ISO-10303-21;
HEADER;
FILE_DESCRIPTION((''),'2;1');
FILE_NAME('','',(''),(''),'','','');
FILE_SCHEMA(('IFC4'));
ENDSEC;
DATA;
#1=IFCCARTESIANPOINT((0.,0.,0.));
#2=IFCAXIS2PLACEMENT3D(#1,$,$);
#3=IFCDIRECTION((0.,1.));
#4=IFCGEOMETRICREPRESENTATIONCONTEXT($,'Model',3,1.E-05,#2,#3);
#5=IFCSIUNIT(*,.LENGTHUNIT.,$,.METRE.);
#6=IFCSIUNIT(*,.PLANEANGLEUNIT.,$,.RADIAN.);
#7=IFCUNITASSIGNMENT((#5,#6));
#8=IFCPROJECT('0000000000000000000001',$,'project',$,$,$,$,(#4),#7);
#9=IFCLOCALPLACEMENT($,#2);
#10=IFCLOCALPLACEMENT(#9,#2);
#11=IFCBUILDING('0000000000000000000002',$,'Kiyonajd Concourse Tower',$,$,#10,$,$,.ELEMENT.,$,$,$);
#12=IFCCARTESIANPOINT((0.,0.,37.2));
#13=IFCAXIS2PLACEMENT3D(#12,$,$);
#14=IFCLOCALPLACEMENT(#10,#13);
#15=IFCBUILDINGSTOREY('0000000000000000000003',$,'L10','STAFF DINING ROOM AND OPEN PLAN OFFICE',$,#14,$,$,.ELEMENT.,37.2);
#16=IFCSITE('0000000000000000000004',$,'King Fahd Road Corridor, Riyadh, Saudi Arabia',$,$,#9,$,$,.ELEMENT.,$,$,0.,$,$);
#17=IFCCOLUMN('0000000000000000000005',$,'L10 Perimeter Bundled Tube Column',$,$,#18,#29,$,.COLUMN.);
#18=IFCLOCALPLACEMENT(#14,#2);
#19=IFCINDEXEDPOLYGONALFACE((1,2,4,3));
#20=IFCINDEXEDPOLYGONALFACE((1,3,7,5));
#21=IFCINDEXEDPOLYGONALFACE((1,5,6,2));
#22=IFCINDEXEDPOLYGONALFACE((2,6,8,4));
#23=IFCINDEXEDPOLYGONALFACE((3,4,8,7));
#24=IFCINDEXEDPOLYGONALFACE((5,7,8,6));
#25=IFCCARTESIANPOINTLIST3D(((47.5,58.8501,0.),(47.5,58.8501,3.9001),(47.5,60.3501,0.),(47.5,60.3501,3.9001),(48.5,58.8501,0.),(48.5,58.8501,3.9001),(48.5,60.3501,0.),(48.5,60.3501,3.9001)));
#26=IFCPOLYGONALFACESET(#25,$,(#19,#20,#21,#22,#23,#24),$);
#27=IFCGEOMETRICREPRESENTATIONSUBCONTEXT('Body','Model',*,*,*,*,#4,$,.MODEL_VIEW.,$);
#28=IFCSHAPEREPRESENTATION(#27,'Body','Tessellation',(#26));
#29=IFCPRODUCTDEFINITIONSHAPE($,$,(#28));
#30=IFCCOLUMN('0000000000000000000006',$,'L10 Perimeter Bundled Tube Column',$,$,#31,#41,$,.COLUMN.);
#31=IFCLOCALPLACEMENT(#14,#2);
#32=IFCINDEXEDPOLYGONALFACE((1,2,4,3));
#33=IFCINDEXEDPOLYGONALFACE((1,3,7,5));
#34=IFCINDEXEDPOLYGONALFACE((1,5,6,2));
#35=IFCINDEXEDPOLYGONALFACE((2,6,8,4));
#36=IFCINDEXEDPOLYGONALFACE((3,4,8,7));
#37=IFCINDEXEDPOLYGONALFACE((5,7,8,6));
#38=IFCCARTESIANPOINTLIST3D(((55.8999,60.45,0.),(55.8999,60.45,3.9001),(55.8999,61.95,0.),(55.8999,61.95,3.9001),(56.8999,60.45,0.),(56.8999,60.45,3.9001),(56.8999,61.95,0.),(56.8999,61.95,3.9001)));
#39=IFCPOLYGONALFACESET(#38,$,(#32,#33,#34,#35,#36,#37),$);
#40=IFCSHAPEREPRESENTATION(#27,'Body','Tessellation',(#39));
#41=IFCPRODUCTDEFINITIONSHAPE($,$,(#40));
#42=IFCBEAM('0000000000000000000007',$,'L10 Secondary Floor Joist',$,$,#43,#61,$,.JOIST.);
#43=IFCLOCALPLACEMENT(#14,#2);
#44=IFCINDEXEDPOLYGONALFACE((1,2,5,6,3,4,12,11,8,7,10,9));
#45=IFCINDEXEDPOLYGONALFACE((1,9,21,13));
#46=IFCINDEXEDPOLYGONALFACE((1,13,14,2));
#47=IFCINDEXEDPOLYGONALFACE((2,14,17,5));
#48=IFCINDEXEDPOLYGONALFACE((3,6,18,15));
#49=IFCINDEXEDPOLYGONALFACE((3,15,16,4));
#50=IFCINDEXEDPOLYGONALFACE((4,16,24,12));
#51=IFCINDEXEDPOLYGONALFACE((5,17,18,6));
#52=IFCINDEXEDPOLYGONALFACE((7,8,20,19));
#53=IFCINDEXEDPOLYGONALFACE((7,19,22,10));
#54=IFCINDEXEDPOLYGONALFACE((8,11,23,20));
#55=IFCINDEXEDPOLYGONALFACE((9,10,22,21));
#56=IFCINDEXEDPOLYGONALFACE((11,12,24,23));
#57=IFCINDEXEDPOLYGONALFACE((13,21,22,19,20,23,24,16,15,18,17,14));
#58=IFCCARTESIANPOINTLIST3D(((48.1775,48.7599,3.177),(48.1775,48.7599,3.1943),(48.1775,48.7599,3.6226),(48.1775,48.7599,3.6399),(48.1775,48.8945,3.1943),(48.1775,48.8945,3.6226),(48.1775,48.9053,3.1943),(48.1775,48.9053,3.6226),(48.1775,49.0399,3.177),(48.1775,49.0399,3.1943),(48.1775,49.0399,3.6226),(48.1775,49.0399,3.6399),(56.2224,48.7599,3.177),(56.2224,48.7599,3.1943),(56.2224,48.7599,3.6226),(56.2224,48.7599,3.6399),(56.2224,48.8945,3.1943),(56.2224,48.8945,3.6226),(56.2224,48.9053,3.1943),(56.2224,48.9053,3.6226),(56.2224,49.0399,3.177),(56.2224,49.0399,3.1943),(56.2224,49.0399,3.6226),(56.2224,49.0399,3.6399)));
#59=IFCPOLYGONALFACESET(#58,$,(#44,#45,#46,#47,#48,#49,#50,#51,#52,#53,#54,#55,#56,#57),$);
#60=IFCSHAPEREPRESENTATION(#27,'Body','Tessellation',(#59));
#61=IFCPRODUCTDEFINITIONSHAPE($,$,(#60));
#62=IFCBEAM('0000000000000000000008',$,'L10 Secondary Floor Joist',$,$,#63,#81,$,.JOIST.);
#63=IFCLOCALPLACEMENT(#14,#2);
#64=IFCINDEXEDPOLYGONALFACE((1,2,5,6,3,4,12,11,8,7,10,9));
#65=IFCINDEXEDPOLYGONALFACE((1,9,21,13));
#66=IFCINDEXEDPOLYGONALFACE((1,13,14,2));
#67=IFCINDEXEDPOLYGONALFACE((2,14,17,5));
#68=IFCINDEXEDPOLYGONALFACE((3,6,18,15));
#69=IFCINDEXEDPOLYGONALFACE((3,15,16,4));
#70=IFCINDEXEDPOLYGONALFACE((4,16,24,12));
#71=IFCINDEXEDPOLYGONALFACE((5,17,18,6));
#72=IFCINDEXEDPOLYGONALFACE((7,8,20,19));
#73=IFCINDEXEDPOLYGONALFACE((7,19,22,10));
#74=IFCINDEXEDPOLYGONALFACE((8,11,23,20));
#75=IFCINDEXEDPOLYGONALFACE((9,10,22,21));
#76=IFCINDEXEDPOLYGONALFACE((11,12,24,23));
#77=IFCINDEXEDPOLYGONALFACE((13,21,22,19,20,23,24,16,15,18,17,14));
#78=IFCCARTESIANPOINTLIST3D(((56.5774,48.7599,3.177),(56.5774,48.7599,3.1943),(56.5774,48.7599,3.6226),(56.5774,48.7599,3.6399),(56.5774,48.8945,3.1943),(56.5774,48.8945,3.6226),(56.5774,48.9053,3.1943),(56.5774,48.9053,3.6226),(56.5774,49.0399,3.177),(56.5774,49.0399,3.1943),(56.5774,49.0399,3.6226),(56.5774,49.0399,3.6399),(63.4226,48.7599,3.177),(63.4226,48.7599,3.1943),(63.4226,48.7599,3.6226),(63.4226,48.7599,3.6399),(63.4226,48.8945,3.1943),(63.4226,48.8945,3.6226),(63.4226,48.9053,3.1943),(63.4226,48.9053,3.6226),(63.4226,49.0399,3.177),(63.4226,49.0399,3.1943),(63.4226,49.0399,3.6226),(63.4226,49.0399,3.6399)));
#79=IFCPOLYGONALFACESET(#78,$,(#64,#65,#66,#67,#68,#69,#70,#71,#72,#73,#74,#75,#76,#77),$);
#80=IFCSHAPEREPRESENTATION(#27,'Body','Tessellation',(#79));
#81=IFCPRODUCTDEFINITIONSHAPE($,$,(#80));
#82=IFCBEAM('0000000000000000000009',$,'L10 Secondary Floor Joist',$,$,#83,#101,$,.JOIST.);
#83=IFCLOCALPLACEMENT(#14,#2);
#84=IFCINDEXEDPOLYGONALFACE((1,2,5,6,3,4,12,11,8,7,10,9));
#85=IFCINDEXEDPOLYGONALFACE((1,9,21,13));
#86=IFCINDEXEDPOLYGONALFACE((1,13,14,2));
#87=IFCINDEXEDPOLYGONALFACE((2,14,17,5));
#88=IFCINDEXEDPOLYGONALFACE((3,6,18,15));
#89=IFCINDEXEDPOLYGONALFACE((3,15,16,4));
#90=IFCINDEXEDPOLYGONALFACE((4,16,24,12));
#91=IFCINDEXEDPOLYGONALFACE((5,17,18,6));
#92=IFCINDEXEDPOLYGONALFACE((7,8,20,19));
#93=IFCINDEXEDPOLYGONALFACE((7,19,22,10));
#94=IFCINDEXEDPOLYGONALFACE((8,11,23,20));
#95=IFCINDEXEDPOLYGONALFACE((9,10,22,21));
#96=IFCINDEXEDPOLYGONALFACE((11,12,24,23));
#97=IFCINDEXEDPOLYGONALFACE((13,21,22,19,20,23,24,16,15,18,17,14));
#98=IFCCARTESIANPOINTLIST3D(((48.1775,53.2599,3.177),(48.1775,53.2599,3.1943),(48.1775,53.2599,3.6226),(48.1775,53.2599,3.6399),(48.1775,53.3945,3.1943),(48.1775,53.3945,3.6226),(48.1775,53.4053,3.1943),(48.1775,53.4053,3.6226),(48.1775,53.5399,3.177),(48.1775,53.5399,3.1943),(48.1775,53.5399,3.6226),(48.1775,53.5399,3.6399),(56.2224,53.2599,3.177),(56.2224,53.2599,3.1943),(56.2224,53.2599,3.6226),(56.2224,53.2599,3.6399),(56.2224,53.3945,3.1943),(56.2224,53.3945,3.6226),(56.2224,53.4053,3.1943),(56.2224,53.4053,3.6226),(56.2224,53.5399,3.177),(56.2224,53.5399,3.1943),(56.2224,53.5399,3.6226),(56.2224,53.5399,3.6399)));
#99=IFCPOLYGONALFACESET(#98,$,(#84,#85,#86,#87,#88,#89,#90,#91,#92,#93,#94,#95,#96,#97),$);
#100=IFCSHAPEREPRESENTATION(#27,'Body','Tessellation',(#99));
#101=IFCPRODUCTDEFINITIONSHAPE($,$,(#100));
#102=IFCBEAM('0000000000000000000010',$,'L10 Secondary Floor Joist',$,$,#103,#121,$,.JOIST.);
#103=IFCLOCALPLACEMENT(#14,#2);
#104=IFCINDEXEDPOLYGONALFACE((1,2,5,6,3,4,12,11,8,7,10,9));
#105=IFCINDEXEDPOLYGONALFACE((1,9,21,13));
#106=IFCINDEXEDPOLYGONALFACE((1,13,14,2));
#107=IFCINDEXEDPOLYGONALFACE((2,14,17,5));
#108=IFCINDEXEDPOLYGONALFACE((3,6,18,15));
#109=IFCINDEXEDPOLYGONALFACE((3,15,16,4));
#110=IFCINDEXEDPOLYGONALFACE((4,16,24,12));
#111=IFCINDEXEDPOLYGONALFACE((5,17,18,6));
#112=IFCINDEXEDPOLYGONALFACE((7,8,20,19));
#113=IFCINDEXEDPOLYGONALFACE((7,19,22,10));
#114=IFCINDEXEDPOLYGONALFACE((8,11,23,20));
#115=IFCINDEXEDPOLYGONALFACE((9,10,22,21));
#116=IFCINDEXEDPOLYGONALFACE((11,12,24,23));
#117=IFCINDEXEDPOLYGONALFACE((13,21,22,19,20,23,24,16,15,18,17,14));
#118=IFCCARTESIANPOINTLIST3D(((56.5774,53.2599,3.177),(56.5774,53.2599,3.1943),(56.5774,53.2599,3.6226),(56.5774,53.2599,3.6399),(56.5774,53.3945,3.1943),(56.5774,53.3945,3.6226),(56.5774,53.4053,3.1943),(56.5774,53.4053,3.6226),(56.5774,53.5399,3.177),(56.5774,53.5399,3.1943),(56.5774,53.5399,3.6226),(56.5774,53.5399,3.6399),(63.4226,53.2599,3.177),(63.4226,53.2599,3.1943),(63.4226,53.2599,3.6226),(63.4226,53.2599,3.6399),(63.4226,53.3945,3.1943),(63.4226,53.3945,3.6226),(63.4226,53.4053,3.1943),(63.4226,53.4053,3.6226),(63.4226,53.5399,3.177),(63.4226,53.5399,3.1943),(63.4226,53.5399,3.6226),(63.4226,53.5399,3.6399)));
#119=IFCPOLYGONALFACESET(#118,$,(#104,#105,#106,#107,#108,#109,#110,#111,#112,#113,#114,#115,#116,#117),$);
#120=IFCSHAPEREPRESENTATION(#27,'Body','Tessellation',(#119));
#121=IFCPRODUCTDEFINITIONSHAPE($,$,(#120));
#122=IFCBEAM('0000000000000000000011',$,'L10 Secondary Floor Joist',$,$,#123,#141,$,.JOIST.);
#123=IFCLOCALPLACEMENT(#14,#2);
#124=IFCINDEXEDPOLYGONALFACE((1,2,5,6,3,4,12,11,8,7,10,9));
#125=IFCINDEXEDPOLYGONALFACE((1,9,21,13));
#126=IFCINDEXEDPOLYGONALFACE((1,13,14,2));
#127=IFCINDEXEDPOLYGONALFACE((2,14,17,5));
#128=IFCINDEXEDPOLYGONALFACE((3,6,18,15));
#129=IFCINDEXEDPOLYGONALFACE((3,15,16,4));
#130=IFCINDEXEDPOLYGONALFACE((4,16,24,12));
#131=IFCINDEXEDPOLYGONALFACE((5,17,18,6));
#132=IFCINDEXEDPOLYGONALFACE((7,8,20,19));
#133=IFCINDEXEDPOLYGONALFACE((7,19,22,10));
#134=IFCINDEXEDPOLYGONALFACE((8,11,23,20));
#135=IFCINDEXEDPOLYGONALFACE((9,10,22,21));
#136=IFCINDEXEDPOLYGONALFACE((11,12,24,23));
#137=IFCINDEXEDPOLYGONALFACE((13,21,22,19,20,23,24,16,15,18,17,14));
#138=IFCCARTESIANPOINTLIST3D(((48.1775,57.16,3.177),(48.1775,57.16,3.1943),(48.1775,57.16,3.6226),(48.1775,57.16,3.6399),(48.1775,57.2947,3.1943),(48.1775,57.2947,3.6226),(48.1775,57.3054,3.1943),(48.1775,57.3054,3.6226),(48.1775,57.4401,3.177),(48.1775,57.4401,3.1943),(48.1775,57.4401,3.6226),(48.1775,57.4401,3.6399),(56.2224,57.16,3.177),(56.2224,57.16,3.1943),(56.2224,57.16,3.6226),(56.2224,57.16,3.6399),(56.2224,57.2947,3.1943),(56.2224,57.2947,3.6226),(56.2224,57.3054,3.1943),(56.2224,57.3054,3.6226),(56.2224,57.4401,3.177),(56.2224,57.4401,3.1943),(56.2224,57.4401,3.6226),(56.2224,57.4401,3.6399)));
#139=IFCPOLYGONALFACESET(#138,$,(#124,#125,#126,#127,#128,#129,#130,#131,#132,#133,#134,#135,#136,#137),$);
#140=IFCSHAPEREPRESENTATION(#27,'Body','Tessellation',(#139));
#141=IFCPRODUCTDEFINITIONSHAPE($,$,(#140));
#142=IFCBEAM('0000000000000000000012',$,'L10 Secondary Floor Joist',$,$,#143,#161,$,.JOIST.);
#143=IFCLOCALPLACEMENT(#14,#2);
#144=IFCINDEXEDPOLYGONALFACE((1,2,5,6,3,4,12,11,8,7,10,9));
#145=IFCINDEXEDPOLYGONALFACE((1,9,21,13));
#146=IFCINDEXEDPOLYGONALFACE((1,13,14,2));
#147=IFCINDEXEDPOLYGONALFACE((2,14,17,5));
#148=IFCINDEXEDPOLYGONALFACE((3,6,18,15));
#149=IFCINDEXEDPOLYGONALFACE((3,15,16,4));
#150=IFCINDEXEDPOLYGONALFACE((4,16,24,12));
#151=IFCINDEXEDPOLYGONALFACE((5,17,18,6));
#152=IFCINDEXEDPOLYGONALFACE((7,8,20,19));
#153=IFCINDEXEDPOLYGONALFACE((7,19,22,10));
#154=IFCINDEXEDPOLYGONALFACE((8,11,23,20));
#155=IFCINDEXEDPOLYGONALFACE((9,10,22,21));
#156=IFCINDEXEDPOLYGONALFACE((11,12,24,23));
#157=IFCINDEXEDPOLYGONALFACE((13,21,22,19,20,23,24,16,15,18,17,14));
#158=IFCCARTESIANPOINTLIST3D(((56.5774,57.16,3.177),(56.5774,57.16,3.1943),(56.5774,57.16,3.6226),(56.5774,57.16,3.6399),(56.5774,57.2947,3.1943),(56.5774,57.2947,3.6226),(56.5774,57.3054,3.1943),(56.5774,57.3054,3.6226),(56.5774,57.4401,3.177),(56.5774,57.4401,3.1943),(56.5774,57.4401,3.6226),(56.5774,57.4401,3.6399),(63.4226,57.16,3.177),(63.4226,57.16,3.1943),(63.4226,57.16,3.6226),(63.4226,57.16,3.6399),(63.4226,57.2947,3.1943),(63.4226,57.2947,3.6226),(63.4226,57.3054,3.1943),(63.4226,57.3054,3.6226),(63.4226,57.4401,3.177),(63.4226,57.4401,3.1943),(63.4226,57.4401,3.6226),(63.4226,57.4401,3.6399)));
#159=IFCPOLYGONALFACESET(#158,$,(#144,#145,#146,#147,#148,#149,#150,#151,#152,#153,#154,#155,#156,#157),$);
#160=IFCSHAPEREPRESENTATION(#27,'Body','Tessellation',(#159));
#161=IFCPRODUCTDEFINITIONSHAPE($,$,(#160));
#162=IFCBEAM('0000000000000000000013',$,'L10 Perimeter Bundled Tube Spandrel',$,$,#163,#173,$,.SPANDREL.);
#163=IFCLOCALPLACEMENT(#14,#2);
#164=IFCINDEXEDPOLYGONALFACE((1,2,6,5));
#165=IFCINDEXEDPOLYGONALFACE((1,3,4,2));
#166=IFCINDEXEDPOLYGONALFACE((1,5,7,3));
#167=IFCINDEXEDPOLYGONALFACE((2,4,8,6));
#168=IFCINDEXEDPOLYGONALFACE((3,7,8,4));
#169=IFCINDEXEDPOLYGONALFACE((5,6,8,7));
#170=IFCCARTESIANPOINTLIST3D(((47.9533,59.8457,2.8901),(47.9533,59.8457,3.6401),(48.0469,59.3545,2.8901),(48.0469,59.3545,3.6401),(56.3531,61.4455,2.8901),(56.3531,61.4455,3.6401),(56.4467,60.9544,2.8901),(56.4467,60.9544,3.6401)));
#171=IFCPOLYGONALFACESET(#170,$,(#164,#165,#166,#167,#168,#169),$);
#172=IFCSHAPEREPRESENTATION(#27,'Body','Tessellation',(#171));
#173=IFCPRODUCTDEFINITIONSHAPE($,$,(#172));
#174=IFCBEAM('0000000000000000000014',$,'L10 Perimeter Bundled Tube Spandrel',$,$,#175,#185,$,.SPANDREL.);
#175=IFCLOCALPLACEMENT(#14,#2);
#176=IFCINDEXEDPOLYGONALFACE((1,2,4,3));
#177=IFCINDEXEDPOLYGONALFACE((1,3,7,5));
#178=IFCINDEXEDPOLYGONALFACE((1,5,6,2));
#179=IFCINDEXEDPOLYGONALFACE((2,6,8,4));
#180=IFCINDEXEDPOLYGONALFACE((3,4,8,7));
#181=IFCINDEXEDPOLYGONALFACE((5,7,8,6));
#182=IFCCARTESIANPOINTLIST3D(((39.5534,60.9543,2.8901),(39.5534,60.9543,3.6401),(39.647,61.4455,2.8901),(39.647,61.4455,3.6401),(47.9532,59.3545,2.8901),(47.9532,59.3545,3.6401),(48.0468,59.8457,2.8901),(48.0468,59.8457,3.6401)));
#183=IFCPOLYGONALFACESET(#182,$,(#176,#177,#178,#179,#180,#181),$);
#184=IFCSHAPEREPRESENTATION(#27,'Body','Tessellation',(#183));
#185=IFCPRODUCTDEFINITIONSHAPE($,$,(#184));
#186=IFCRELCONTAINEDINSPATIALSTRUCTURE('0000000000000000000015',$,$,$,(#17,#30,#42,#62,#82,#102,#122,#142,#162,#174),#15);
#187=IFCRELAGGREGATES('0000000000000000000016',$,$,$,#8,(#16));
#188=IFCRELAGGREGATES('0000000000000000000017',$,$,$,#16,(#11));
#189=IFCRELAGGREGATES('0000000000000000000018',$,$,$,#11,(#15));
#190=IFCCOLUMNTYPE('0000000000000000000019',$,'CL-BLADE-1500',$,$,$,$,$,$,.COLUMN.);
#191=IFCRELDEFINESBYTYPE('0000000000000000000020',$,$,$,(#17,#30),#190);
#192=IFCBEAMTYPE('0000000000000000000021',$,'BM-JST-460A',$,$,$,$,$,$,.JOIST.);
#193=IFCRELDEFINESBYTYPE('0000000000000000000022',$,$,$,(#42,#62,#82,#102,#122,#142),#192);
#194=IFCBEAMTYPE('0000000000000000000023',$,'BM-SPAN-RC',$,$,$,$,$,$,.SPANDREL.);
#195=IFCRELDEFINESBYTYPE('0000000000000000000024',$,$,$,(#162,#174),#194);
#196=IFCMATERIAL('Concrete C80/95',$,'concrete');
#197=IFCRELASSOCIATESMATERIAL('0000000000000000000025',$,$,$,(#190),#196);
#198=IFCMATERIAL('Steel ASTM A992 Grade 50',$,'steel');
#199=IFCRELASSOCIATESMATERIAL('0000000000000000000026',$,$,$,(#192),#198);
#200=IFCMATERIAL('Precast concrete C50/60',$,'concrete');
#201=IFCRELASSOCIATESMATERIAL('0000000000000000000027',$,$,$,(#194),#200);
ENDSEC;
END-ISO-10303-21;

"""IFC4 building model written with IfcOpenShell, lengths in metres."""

from ifc_helpers import new_model, si_unit, direction, frame, origin, origin_2d, place, context, subcontext, project, spatial, rectangle, i_section, extrude, material, material_profile, profile_set, type_object, element, save


model = new_model("IFC4")

# Units and contexts
model_context = context("Model", 3, precision=1e-05, world=origin(), true_north=direction((0.0, 1.0)))
body_context = subcontext(model_context, "Body", "Model", "MODEL_VIEW")
ifc_project = project(units=[si_unit("LENGTHUNIT", "METRE"), si_unit("PLANEANGLEUNIT", "RADIAN")], contexts=[model_context])

# Site, building, storey
site_placement = place(None, origin())
site = spatial("IfcSite", under=ifc_project, at=site_placement, Name="King Fahd Road Corridor, Riyadh, Saudi Arabia", CompositionType="ELEMENT", RefElevation=0.0)
building_placement = place(site_placement, origin())
building = spatial("IfcBuilding", under=site, at=building_placement, Name="Kiyonajd Concourse Tower", CompositionType="ELEMENT")
storey_placement = place(building_placement, frame((0.0, 0.0, 37.2)))
storey = spatial("IfcBuildingStorey", under=building, at=storey_placement, Name="L10", Description="STAFF DINING ROOM AND OPEN PLAN OFFICE", CompositionType="ELEMENT", Elevation=37.2)

# Columns
ifc_material_1 = material(Name="Concrete C80/95", Category="concrete")
ifc_material_profile_1 = material_profile(ifc_material_1, rectangle(XDim=1.0, YDim=1.5, at=origin_2d()), Name="RC-1500x1000")
ifc_profile_set_1 = profile_set([ifc_material_profile_1], Name="Concrete C80/95")
column_type = type_object("IfcColumnType", Name="CL-BLADE-1500", PredefinedType="COLUMN", material=ifc_profile_set_1)
for number, where, z_axis, x_axis, name in (
    (1, (48.0, 59.6001, 0.0), (0.0, 0.0, 1.0), (1.0, 0.0, 0.0), "L10 Perimeter Bundled Tube Column"),
    (2, (56.3999, 61.2, 0.0), (0.0, 0.0, 1.0), (1.0, 0.0, 0.0), "L10 Perimeter Bundled Tube Column"),
):
    element("IfcColumn", number, at=place(storey_placement, frame(where, z_axis=z_axis, x_axis=x_axis)), inside=storey, type_object=column_type, Name=name, PredefinedType="COLUMN", context=body_context, shape_type="SweptSolid", body=[
        extrude(rectangle(XDim=1.0, YDim=1.5, at=origin_2d()), origin(), (0.0, 0.0, 1.0), 3.9001),
    ])

# Beams
ifc_material_2 = material(Name="Steel ASTM A992 Grade 50", Category="steel")
ifc_material_profile_2 = material_profile(ifc_material_2, i_section(OverallWidth=0.28, OverallDepth=0.4629, WebThickness=0.0107, FlangeThickness=0.0173, at=origin_2d()), Name="W460X113")
ifc_profile_set_2 = profile_set([ifc_material_profile_2], Name="Steel ASTM A992 Grade 50")
beam_type_1 = type_object("IfcBeamType", Name="BM-JST-460A", PredefinedType="JOIST", material=ifc_profile_set_2)
beam_1_placement = place(storey_placement, frame((48.1775, 48.8999, 3.4084), z_axis=(1.0, 0.0, 0.0), x_axis=(0.0, 1.0, 0.0)))
element("IfcBeam", 3, at=beam_1_placement, inside=storey, type_object=beam_type_1, Name="L10 Secondary Floor Joist", PredefinedType="JOIST", context=body_context, shape_type="SweptSolid", body=[
    extrude(i_section(OverallWidth=0.28, OverallDepth=0.4629, WebThickness=0.0107, FlangeThickness=0.0173, at=origin_2d()), origin(), (0.0, 0.0, 1.0), 8.0449),
])
beam_2_placement = place(storey_placement, frame((56.5774, 48.8999, 3.4084), z_axis=(1.0, 0.0, 0.0), x_axis=(0.0, 1.0, 0.0)))
element("IfcBeam", 4, at=beam_2_placement, inside=storey, type_object=beam_type_1, Name="L10 Secondary Floor Joist", PredefinedType="JOIST", context=body_context, shape_type="SweptSolid", body=[
    extrude(i_section(OverallWidth=0.28, OverallDepth=0.4629, WebThickness=0.0107, FlangeThickness=0.0173, at=origin_2d()), origin(), (0.0, 0.0, 1.0), 6.8452),
])
beam_3_placement = place(storey_placement, frame((48.1775, 53.3999, 3.4084), z_axis=(1.0, 0.0, 0.0), x_axis=(0.0, 1.0, 0.0)))
element("IfcBeam", 5, at=beam_3_placement, inside=storey, type_object=beam_type_1, Name="L10 Secondary Floor Joist", PredefinedType="JOIST", context=body_context, shape_type="SweptSolid", body=[
    extrude(i_section(OverallWidth=0.28, OverallDepth=0.4629, WebThickness=0.0107, FlangeThickness=0.0173, at=origin_2d()), origin(), (0.0, 0.0, 1.0), 8.0449),
])
beam_4_placement = place(storey_placement, frame((56.5774, 53.3999, 3.4084), z_axis=(1.0, 0.0, 0.0), x_axis=(0.0, 1.0, 0.0)))
element("IfcBeam", 6, at=beam_4_placement, inside=storey, type_object=beam_type_1, Name="L10 Secondary Floor Joist", PredefinedType="JOIST", context=body_context, shape_type="SweptSolid", body=[
    extrude(i_section(OverallWidth=0.28, OverallDepth=0.4629, WebThickness=0.0107, FlangeThickness=0.0173, at=origin_2d()), origin(), (0.0, 0.0, 1.0), 6.8452),
])
beam_5_placement = place(storey_placement, frame((48.1775, 57.3, 3.4084), z_axis=(1.0, 0.0, 0.0), x_axis=(0.0, 1.0, 0.0)))
element("IfcBeam", 7, at=beam_5_placement, inside=storey, type_object=beam_type_1, Name="L10 Secondary Floor Joist", PredefinedType="JOIST", context=body_context, shape_type="SweptSolid", body=[
    extrude(i_section(OverallWidth=0.28, OverallDepth=0.4629, WebThickness=0.0107, FlangeThickness=0.0173, at=origin_2d()), origin(), (0.0, 0.0, 1.0), 8.0449),
])
beam_6_placement = place(storey_placement, frame((56.5774, 57.3, 3.4084), z_axis=(1.0, 0.0, 0.0), x_axis=(0.0, 1.0, 0.0)))
element("IfcBeam", 8, at=beam_6_placement, inside=storey, type_object=beam_type_1, Name="L10 Secondary Floor Joist", PredefinedType="JOIST", context=body_context, shape_type="SweptSolid", body=[
    extrude(i_section(OverallWidth=0.28, OverallDepth=0.4629, WebThickness=0.0107, FlangeThickness=0.0173, at=origin_2d()), origin(), (0.0, 0.0, 1.0), 6.8452),
])
ifc_material_3 = material(Name="Precast concrete C50/60", Category="concrete")
ifc_material_profile_3 = material_profile(ifc_material_3, rectangle(XDim=0.5, YDim=0.75, at=origin_2d()), Name="RCBM-500x750")
ifc_profile_set_3 = profile_set([ifc_material_profile_3], Name="Precast concrete C50/60")
beam_type_2 = type_object("IfcBeamType", Name="BM-SPAN-RC", PredefinedType="SPANDREL", material=ifc_profile_set_3)
for number, where, z_axis, x_axis, name in (
    (9, (56.3999, 61.2, 3.2651), (-0.982341, -0.187098, 0.0), (0.187098, -0.982341, 0.0), "L10 Perimeter Bundled Tube Spandrel"),
    (10, (48.0, 59.6001, 3.2651), (-0.982341, 0.187098, 0.0), (-0.187098, -0.982341, 0.0), "L10 Perimeter Bundled Tube Spandrel"),
):
    element("IfcBeam", number, at=place(storey_placement, frame(where, z_axis=z_axis, x_axis=x_axis)), inside=storey, type_object=beam_type_2, Name=name, PredefinedType="SPANDREL", context=body_context, shape_type="SweptSolid", body=[
        extrude(rectangle(XDim=0.5, YDim=0.75, at=origin_2d()), origin(), (0.0, 0.0, 1.0), 8.5508),
    ])

save(model, "model.ifc")
